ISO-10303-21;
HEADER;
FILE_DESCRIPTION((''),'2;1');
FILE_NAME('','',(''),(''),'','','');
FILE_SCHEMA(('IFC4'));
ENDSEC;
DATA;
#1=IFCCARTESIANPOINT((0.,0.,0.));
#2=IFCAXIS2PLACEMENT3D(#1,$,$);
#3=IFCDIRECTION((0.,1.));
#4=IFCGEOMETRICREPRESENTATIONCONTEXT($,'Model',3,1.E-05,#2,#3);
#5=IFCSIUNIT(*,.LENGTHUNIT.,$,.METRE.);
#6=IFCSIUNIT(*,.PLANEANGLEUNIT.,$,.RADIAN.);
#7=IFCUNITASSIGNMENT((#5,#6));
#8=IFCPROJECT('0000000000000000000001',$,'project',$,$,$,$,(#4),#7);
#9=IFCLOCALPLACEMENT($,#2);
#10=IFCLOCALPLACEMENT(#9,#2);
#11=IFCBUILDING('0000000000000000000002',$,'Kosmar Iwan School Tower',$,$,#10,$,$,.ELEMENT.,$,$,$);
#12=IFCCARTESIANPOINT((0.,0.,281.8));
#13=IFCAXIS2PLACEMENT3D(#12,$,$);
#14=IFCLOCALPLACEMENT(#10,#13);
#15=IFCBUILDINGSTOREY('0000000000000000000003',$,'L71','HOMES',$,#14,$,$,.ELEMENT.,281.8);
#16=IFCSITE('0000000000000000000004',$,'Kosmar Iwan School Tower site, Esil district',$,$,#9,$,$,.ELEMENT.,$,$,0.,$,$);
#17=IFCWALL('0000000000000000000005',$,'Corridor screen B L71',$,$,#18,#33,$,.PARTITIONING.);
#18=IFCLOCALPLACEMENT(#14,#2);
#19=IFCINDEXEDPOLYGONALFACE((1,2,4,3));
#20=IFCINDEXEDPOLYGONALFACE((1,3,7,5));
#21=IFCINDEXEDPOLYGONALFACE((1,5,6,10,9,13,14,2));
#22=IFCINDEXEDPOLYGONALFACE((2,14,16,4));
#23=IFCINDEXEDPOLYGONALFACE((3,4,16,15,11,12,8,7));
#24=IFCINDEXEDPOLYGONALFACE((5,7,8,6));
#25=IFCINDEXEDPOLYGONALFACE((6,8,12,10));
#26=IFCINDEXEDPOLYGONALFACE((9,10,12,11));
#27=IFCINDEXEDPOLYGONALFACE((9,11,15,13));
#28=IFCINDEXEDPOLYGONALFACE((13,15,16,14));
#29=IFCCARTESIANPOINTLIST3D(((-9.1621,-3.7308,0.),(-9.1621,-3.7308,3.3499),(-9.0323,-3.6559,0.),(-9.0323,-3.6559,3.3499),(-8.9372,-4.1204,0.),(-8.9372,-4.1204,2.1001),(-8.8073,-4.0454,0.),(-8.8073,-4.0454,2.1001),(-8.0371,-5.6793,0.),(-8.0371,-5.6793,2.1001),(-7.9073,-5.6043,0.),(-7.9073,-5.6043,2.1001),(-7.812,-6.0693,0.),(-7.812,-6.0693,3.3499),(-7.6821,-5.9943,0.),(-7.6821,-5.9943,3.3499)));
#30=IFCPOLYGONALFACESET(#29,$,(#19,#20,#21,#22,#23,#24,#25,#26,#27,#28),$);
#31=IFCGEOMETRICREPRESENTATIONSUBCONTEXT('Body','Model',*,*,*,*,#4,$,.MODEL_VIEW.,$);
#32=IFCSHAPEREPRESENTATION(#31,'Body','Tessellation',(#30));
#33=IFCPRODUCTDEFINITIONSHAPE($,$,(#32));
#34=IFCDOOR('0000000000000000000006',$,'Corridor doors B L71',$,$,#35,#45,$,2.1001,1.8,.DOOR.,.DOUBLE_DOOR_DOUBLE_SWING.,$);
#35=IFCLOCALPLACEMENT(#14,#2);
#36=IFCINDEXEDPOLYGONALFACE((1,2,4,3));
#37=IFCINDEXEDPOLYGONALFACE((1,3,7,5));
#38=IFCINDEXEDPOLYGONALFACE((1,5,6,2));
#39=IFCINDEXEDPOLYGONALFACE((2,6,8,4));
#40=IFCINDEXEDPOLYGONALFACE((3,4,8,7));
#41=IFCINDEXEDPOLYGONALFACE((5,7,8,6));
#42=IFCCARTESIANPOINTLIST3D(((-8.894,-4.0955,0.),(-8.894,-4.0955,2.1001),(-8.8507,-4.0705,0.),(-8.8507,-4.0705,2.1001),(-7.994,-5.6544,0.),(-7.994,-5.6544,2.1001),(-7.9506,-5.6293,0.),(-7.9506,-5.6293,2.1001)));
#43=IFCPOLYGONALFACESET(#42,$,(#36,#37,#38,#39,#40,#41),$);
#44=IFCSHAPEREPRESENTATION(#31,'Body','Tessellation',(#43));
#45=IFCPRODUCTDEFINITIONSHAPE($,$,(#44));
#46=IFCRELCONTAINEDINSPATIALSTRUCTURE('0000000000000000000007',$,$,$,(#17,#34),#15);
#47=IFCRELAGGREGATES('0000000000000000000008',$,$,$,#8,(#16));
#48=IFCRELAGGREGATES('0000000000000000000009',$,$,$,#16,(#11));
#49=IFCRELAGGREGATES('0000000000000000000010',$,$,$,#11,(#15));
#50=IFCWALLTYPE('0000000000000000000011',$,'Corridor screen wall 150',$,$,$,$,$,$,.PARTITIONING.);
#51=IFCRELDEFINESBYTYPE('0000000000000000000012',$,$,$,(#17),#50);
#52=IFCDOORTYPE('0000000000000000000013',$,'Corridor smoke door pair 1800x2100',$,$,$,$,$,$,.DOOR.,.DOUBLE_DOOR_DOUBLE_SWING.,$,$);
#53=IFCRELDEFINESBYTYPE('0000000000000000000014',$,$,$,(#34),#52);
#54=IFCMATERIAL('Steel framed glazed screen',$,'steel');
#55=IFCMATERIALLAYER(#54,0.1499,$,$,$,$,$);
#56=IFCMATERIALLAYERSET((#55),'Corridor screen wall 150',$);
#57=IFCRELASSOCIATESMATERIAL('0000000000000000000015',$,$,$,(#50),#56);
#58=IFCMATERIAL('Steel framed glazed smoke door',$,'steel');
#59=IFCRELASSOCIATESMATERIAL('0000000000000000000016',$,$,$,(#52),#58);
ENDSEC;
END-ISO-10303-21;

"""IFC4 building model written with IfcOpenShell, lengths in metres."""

from ifc_helpers import new_model, si_unit, direction, frame, frame_2d, origin, place, context, subcontext, project, spatial, rectangle, extrude, material, layer, layer_set, type_object, element, fill, save


model = new_model("IFC4")

# Units and contexts
model_context = context("Model", 3, precision=1e-05, world=origin(), true_north=direction((0.0, 1.0)))
body_context = subcontext(model_context, "Body", "Model", "MODEL_VIEW")
ifc_project = project(units=[si_unit("LENGTHUNIT", "METRE"), si_unit("PLANEANGLEUNIT", "RADIAN")], contexts=[model_context])

# Site, building, storey
site_placement = place(None, origin())
site = spatial("IfcSite", under=ifc_project, at=site_placement, Name="Kosmar Iwan School Tower site, Esil district", CompositionType="ELEMENT", RefElevation=0.0)
building_placement = place(site_placement, origin())
building = spatial("IfcBuilding", under=site, at=building_placement, Name="Kosmar Iwan School Tower", CompositionType="ELEMENT")
storey_placement = place(building_placement, frame((0.0, 0.0, 281.8)))
storey = spatial("IfcBuildingStorey", under=building, at=storey_placement, Name="L71", Description="HOMES", CompositionType="ELEMENT", Elevation=281.8)

# Wall, opening, door
ifc_material_1 = material(Name="Steel framed glazed screen", Category="steel")
ifc_layer_1 = layer(ifc_material_1, 0.1499)
ifc_layer_set_1 = layer_set([ifc_layer_1], Name="Corridor screen wall 150")
wall_type_1 = type_object("IfcWallType", Name="Corridor screen wall 150", PredefinedType="PARTITIONING", material=ifc_layer_set_1)
wall_1_placement = place(storey_placement, frame((-9.0972, -3.6934, 0.0), z_axis=(0.0, 0.0, 1.0), x_axis=(0.500009, -0.86602, 0.0)))
wall_1 = element("IfcWall", 1, at=wall_1_placement, inside=storey, type_object=wall_type_1, Name="Corridor screen B L71", PredefinedType="PARTITIONING", context=body_context, shape_type="SweptSolid", body=[
    extrude(rectangle(XDim=2.7002, YDim=0.1499, at=frame_2d((1.3501, 0.0))), origin(), (0.0, 0.0, 1.0), 3.3499),
])
opening_1_placement = place(wall_1_placement, frame((0.45, 0.0, 0.0)))
opening_1 = element("IfcOpeningElement", 2, at=opening_1_placement, cuts=wall_1, PredefinedType="OPENING", context=body_context, shape_type="SweptSolid", body=[
    extrude(rectangle(XDim=1.8, YDim=2.1001, at=frame_2d((0.8999, 1.05))), frame((0.0, 0.0869, 0.0), z_axis=(0.0, -1.0, 0.0), x_axis=(1.0, 0.0, 0.0)), (0.0, 0.0, 1.0), 0.1738),
])
ifc_material_2 = material(Name="Steel framed glazed smoke door", Category="steel")
door_type_1 = type_object("IfcDoorType", Name="Corridor smoke door pair 1800x2100", OperationType="DOUBLE_DOOR_DOUBLE_SWING", PredefinedType="DOOR", material=ifc_material_2)
door_1_placement = place(opening_1_placement, origin())
door_1 = element("IfcDoor", 3, at=door_1_placement, inside=storey, type_object=door_type_1, Name="Corridor doors B L71", OperationType="DOUBLE_DOOR_DOUBLE_SWING", OverallHeight=2.1001, OverallWidth=1.8, PredefinedType="DOOR", context=body_context, shape_type="SweptSolid", body=[
    extrude(rectangle(XDim=1.8, YDim=2.1001, at=frame_2d((0.8999, 1.05))), frame((0.0, 0.0249, 0.0), z_axis=(0.0, -1.0, 0.0), x_axis=(1.0, 0.0, 0.0)), (0.0, 0.0, 1.0), 0.05),
])
fill(opening_1, door_1)

save(model, "model.ifc")
